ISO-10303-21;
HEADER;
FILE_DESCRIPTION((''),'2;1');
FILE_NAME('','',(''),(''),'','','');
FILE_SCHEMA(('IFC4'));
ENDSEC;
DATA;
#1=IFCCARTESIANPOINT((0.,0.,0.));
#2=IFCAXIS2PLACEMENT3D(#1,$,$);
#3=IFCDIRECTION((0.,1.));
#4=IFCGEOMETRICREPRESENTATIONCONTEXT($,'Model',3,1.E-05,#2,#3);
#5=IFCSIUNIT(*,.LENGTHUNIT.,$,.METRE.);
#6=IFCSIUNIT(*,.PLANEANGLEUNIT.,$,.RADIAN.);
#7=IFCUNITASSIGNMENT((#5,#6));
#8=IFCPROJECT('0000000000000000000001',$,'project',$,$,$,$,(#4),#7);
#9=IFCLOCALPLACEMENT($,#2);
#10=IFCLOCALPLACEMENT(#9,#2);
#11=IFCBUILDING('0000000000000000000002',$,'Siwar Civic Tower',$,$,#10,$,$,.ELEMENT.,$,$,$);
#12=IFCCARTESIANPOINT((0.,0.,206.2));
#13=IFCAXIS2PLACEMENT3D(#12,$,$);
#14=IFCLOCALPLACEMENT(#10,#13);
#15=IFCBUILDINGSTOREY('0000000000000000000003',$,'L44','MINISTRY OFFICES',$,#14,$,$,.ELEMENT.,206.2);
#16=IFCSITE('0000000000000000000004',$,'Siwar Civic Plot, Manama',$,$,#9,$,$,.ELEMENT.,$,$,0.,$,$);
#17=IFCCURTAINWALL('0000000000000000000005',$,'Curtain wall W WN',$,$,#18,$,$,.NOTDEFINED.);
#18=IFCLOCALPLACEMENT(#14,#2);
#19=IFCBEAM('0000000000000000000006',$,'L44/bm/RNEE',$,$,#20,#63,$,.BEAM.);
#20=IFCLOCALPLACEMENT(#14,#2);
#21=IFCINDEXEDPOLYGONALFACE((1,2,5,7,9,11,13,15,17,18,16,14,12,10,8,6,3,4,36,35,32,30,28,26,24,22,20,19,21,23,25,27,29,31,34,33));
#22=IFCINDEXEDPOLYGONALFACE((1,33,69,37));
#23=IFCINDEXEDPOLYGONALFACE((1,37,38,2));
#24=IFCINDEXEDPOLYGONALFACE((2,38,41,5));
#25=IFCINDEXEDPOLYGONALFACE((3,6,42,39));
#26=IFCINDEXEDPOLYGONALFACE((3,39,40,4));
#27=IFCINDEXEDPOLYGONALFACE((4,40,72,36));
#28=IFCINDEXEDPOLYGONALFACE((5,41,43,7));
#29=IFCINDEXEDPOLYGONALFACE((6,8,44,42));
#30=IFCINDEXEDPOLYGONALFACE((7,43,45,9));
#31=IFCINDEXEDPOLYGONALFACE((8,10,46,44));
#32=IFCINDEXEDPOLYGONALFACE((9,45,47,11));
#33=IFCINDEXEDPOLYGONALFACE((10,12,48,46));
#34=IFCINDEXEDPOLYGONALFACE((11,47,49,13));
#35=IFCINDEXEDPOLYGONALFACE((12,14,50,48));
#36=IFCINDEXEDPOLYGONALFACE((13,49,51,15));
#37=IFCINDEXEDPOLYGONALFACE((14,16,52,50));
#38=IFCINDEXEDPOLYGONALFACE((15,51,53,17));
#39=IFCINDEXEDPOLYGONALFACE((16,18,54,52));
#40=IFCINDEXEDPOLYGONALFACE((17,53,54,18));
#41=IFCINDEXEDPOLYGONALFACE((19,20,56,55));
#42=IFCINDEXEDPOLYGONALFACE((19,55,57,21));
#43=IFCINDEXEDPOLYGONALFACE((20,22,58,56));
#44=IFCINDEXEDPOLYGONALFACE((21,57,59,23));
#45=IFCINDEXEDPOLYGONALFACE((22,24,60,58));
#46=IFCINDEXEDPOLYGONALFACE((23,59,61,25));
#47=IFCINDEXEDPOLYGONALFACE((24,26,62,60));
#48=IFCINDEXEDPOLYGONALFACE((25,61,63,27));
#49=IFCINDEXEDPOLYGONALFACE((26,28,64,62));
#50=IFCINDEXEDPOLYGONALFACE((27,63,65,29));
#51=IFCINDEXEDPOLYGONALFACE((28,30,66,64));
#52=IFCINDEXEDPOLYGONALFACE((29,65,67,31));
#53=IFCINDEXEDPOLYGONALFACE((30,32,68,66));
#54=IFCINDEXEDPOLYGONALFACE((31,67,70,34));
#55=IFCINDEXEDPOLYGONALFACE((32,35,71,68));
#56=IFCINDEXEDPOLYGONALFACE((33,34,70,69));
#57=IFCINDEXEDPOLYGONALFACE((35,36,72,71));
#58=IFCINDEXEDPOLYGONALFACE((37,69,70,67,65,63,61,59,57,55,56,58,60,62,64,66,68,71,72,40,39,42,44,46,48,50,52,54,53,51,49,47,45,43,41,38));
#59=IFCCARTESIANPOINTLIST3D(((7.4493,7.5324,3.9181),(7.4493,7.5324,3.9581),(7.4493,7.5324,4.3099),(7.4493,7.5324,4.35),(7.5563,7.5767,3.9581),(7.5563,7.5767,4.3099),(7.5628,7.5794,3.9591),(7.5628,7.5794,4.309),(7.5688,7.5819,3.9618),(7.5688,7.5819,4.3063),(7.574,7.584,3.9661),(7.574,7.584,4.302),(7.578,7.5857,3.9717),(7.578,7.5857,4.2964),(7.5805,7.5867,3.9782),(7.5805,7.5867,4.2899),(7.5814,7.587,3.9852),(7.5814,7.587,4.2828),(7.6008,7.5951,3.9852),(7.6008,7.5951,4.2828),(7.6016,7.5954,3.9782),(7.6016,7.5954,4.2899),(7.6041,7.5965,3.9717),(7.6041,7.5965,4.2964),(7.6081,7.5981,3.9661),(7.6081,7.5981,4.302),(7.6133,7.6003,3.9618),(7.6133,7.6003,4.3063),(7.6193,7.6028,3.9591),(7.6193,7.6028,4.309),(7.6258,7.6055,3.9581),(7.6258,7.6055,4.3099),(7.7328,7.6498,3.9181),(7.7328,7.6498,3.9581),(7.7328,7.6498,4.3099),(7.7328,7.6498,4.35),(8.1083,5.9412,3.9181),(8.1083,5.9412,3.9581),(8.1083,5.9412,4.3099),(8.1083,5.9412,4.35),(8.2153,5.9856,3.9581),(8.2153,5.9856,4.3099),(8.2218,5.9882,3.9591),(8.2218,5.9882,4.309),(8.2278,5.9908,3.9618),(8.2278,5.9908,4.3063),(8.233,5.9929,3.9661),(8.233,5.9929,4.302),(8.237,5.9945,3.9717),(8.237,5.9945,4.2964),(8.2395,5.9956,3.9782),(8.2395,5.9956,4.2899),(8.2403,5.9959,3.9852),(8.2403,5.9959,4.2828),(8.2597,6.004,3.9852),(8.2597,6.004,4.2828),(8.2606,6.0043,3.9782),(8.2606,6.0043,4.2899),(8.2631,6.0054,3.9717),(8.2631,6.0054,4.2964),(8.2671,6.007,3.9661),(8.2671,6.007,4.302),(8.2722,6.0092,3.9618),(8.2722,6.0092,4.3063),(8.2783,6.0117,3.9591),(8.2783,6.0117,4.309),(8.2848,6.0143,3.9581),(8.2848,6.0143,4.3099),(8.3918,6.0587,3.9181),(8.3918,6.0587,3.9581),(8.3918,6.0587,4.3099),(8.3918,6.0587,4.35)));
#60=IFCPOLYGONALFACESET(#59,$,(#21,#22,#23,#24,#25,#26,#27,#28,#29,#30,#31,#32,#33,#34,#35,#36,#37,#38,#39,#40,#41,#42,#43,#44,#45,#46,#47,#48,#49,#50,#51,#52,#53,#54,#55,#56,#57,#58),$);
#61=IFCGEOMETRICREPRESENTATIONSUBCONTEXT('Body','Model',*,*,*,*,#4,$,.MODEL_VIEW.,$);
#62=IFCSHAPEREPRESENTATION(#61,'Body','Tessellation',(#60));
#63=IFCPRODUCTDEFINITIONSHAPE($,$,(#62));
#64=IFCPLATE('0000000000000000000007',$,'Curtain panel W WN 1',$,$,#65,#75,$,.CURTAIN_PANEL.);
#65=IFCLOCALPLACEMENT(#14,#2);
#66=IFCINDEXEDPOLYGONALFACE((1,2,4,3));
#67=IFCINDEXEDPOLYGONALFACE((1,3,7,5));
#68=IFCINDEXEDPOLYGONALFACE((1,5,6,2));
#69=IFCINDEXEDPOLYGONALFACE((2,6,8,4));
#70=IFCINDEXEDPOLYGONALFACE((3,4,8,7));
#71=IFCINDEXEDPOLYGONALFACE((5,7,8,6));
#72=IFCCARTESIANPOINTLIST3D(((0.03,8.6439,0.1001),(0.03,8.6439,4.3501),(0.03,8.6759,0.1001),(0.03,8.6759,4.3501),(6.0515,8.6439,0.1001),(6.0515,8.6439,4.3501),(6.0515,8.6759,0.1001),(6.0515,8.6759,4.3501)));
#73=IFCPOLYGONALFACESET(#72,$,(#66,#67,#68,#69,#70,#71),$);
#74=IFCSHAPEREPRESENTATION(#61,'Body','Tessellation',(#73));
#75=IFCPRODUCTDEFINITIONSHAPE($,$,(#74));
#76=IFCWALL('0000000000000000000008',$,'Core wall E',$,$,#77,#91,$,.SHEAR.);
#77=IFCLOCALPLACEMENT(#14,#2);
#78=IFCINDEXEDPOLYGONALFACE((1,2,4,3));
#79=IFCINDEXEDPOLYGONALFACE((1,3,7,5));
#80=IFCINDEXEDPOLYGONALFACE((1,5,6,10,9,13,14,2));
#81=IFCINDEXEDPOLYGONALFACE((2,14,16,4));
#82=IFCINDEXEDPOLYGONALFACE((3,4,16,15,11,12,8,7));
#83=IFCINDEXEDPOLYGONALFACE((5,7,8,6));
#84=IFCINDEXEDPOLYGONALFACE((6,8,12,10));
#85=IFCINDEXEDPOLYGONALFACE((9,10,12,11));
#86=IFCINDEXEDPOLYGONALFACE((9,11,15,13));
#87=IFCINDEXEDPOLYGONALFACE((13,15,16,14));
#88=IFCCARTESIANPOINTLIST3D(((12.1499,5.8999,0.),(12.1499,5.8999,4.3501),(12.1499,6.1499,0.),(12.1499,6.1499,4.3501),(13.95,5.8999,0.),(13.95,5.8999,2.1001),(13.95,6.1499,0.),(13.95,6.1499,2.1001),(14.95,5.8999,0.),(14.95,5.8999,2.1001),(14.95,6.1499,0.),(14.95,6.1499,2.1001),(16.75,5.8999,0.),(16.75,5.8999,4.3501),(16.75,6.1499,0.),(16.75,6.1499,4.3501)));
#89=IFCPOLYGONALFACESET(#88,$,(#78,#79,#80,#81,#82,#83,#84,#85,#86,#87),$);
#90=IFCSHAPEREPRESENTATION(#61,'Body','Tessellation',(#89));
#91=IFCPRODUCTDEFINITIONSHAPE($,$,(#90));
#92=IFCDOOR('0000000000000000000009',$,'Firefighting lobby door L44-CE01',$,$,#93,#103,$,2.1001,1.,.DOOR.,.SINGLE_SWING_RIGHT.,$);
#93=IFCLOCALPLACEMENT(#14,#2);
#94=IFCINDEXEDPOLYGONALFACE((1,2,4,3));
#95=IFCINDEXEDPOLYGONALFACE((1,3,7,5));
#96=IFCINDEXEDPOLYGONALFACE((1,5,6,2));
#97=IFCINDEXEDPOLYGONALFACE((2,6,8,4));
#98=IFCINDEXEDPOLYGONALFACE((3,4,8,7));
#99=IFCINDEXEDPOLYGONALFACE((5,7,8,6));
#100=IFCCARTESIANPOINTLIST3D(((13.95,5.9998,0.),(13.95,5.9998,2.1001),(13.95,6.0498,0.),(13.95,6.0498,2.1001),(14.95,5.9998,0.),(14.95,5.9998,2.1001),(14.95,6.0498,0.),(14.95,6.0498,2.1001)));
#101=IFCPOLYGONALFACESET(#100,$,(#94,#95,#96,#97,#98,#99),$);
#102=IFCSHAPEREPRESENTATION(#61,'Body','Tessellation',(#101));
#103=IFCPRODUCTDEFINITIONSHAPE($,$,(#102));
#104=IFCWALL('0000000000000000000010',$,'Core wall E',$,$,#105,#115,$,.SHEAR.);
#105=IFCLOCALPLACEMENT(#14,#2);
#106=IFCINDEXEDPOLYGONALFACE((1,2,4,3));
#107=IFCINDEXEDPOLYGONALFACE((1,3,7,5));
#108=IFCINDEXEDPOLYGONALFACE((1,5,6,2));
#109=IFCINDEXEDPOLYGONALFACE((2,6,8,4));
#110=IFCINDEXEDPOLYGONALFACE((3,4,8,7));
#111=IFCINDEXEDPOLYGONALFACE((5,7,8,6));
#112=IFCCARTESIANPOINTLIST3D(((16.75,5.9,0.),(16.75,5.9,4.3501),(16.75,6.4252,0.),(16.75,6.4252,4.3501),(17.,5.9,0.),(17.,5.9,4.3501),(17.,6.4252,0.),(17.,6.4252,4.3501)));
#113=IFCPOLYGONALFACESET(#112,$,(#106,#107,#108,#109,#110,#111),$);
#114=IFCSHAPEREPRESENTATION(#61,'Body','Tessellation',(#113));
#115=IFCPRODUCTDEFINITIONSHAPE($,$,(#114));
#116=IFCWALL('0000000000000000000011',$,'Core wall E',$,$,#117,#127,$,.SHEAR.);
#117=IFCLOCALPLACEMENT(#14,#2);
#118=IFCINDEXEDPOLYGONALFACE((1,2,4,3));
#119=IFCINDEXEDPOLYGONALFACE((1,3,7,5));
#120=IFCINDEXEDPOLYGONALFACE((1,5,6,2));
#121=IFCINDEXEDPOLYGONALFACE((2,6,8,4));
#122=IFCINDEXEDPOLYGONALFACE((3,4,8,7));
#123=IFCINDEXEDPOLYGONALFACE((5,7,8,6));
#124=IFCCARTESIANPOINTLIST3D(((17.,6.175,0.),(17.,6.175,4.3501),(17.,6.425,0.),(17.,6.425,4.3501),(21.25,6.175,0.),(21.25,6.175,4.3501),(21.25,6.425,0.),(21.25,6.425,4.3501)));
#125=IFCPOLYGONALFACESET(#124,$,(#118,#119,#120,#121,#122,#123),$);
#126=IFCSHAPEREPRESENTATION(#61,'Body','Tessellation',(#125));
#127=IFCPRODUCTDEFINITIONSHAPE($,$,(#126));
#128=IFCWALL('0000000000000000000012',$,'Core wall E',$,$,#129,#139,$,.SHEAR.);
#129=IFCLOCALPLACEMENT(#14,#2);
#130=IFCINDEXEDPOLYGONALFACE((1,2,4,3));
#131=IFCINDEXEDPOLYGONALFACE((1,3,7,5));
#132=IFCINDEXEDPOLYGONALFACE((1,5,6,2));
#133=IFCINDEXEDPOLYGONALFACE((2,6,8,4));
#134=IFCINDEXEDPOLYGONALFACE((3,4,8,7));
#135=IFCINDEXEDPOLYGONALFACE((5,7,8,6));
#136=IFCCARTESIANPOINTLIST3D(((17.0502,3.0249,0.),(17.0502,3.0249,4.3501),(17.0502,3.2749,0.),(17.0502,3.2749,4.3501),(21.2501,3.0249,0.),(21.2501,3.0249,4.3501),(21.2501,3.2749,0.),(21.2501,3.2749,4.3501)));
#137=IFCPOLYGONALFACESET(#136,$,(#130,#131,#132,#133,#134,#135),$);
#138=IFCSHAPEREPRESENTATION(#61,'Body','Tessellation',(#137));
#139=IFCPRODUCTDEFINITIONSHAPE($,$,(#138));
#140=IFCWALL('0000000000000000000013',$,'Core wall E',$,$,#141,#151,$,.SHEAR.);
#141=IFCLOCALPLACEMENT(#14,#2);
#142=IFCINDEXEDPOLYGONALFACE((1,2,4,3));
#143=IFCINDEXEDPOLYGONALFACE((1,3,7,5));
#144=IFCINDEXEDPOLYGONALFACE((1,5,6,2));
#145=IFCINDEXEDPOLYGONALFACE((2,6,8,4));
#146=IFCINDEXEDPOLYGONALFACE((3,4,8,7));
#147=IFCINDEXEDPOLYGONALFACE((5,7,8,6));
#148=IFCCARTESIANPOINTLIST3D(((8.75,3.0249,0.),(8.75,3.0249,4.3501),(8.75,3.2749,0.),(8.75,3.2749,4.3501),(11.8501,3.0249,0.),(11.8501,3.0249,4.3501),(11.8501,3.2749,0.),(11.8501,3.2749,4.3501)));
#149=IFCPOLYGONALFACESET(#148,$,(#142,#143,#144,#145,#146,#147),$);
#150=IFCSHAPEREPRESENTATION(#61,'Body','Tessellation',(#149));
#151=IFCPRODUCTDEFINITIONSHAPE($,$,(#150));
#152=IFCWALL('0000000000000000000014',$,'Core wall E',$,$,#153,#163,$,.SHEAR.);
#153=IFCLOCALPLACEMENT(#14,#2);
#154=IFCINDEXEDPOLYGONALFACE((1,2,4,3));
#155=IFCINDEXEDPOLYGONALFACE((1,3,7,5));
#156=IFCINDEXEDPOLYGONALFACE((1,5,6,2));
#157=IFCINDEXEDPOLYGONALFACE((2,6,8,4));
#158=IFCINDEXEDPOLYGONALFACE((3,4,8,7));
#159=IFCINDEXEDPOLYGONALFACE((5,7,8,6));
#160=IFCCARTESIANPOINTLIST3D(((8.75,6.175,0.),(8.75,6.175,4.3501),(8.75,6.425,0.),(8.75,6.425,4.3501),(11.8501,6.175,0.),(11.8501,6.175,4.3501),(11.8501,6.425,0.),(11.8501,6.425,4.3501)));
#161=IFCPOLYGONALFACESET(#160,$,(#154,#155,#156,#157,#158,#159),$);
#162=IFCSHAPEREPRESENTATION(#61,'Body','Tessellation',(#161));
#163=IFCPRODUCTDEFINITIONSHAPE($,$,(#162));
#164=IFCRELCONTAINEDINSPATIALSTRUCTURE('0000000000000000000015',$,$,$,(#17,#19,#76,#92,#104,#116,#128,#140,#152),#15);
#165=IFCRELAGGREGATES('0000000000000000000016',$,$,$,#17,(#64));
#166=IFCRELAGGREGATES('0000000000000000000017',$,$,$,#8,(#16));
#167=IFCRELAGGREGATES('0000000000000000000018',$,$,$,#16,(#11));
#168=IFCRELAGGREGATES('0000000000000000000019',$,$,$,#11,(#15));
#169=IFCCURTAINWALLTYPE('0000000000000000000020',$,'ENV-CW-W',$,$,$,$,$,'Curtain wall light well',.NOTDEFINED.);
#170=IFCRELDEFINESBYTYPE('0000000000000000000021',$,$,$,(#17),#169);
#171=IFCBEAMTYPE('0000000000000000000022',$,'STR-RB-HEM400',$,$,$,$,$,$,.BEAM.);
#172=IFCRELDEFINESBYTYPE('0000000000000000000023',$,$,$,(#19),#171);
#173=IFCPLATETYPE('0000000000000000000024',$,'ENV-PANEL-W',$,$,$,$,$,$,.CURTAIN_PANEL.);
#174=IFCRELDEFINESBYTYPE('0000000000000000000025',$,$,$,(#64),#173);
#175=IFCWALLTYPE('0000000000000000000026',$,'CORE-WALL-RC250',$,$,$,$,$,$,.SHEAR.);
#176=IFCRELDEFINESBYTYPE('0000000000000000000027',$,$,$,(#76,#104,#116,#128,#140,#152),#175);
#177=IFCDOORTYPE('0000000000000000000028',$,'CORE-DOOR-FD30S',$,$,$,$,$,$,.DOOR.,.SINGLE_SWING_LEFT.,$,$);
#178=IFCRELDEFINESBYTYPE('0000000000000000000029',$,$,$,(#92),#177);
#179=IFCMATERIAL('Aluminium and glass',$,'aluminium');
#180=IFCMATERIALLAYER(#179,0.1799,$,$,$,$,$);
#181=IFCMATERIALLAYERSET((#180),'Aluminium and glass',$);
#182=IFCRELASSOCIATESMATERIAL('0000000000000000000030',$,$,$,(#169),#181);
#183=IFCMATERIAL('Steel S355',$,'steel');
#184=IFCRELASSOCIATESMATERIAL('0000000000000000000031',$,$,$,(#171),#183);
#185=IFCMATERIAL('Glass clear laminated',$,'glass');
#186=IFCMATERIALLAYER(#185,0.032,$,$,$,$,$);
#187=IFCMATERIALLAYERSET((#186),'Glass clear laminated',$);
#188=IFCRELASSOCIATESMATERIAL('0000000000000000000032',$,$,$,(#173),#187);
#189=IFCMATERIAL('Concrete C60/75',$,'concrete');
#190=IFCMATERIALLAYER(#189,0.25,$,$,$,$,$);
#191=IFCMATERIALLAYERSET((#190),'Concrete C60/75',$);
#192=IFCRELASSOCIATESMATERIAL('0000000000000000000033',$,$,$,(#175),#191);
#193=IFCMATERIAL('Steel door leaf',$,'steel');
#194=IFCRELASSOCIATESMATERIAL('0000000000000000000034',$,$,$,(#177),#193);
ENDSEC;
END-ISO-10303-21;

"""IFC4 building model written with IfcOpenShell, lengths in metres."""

from ifc_helpers import new_model, si_unit, direction, frame, frame_2d, origin, origin_2d, place, context, subcontext, project, spatial, rectangle, i_section, extrude, material, layer, layer_set, material_profile, profile_set, type_object, element, fill, aggregate, save


model = new_model("IFC4")

# Units and contexts
model_context = context("Model", 3, precision=1e-05, world=origin(), true_north=direction((0.0, 1.0)))
body_context = subcontext(model_context, "Body", "Model", "MODEL_VIEW")
ifc_project = project(units=[si_unit("LENGTHUNIT", "METRE"), si_unit("PLANEANGLEUNIT", "RADIAN")], contexts=[model_context])

# Site, building, storey
site_placement = place(None, origin())
site = spatial("IfcSite", under=ifc_project, at=site_placement, Name="Siwar Civic Plot, Manama", CompositionType="ELEMENT", RefElevation=0.0)
building_placement = place(site_placement, origin())
building = spatial("IfcBuilding", under=site, at=building_placement, Name="Siwar Civic Tower", CompositionType="ELEMENT")
storey_placement = place(building_placement, frame((0.0, 0.0, 206.2)))
storey = spatial("IfcBuildingStorey", under=building, at=storey_placement, Name="L44", Description="MINISTRY OFFICES", CompositionType="ELEMENT", Elevation=206.2)

# Curtain wall
ifc_material_1 = material(Name="Aluminium and glass", Category="aluminium")
ifc_layer_1 = layer(ifc_material_1, 0.1799)
ifc_layer_set_1 = layer_set([ifc_layer_1], Name="Aluminium and glass")
curtain_wall_type = type_object("IfcCurtainWallType", Name="ENV-CW-W", ElementType="Curtain wall light well", PredefinedType="NOTDEFINED", material=ifc_layer_set_1)
curtain_wall_placement = place(storey_placement, origin())
curtain_wall = element("IfcCurtainWall", 1, at=curtain_wall_placement, inside=storey, type_object=curtain_wall_type, Name="Curtain wall W WN", PredefinedType="NOTDEFINED")

# Beam
ifc_material_2 = material(Name="Steel S355", Category="steel")
ifc_material_profile_1 = material_profile(ifc_material_2, i_section(OverallWidth=0.3069, OverallDepth=0.4319, WebThickness=0.021, FlangeThickness=0.04, FilletRadius=0.0271, at=origin_2d()), Name="HEM400")
ifc_profile_set_1 = profile_set([ifc_material_profile_1], Name="Steel S355")
beam_type_1 = type_object("IfcBeamType", Name="STR-RB-HEM400", PredefinedType="BEAM", material=ifc_profile_set_1)
for number, where, z_axis, x_axis, name in (
    (2, (7.5911, 7.5911, 4.134), (0.382631, -0.923901, 0.0), (0.923901, 0.382631, 0.0), "L44/bm/RNEE"),
):
    element("IfcBeam", number, at=place(storey_placement, frame(where, z_axis=z_axis, x_axis=x_axis)), inside=storey, type_object=beam_type_1, Name=name, PredefinedType="BEAM", context=body_context, shape_type="SweptSolid", body=[
        extrude(i_section(OverallWidth=0.3069, OverallDepth=0.4319, WebThickness=0.021, FlangeThickness=0.04, FilletRadius=0.0271, at=origin_2d()), origin(), (0.0, 0.0, 1.0), 1.7222),
    ])

# Plate
ifc_material_3 = material(Name="Glass clear laminated", Category="glass")
ifc_layer_2 = layer(ifc_material_3, 0.032)
ifc_layer_set_2 = layer_set([ifc_layer_2], Name="Glass clear laminated")
plate_type = type_object("IfcPlateType", Name="ENV-PANEL-W", PredefinedType="CURTAIN_PANEL", material=ifc_layer_set_2)
plate_placement = place(storey_placement, frame((3.0408, 8.6599, 0.1001), z_axis=(0.0, 0.0, 1.0), x_axis=(-1.0, 0.0, 0.0)))
plate = element("IfcPlate", 3, at=plate_placement, type_object=plate_type, Name="Curtain panel W WN 1", PredefinedType="CURTAIN_PANEL", context=body_context, shape_type="SweptSolid", body=[
    extrude(rectangle(XDim=6.0215, YDim=0.032, at=origin_2d()), origin(), (0.0, 0.0, 1.0), 4.25),
])
aggregate(curtain_wall, [plate])

# Wall, opening, door
ifc_material_4 = material(Name="Concrete C60/75", Category="concrete")
ifc_layer_3 = layer(ifc_material_4, 0.25)
ifc_layer_set_3 = layer_set([ifc_layer_3], Name="Concrete C60/75")
wall_type_1 = type_object("IfcWallType", Name="CORE-WALL-RC250", PredefinedType="SHEAR", material=ifc_layer_set_3)
wall_1_placement = place(storey_placement, frame((12.1499, 6.0249, 0.0), z_axis=(0.0, 0.0, 1.0), x_axis=(1.0, 0.0, 0.0)))
wall_1 = element("IfcWall", 4, at=wall_1_placement, inside=storey, type_object=wall_type_1, Name="Core wall E", PredefinedType="SHEAR", context=body_context, shape_type="SweptSolid", body=[
    extrude(rectangle(XDim=4.6001, YDim=0.25, at=frame_2d((2.3, 0.0))), origin(), (0.0, 0.0, 1.0), 4.3501),
])
opening_1_placement = place(wall_1_placement, frame((1.8, 0.0, 0.0)))
opening_1 = element("IfcOpeningElement", 5, at=opening_1_placement, cuts=wall_1, PredefinedType="OPENING", context=body_context, shape_type="SweptSolid", body=[
    extrude(rectangle(XDim=1.0, YDim=2.1001, at=frame_2d((0.5, 1.05))), frame((0.0, 0.135, 0.0), z_axis=(0.0, -1.0, 0.0), x_axis=(1.0, 0.0, 0.0)), (0.0, 0.0, 1.0), 0.27),
])
ifc_material_5 = material(Name="Steel door leaf", Category="steel")
door_type_1 = type_object("IfcDoorType", Name="CORE-DOOR-FD30S", OperationType="SINGLE_SWING_LEFT", PredefinedType="DOOR", material=ifc_material_5)
door_1_placement = place(opening_1_placement, origin())
door_1 = element("IfcDoor", 6, at=door_1_placement, inside=storey, type_object=door_type_1, Name="Firefighting lobby door L44-CE01", OperationType="SINGLE_SWING_RIGHT", OverallHeight=2.1001, OverallWidth=1.0, PredefinedType="DOOR", context=body_context, shape_type="SweptSolid", body=[
    extrude(rectangle(XDim=1.0, YDim=2.1001, at=frame_2d((0.5, 1.05))), frame((0.0, 0.0249, 0.0), z_axis=(0.0, -1.0, 0.0), x_axis=(1.0, 0.0, 0.0)), (0.0, 0.0, 1.0), 0.05),
])
fill(opening_1, door_1)

# Walls
wall_2_placement = place(storey_placement, frame((16.875, 5.8999, 0.0), z_axis=(0.0, 0.0, 1.0), x_axis=(0.0, 1.0, 0.0)))
element("IfcWall", 7, at=wall_2_placement, inside=storey, type_object=wall_type_1, Name="Core wall E", PredefinedType="SHEAR", context=body_context, shape_type="SweptSolid", body=[
    extrude(rectangle(XDim=0.5251, YDim=0.25, at=frame_2d((0.2627, 0.0))), origin(), (0.0, 0.0, 1.0), 4.3501),
])
wall_3_placement = place(storey_placement, frame((17.0, 6.3, 0.0), z_axis=(0.0, 0.0, 1.0), x_axis=(1.0, 0.0, 0.0)))
element("IfcWall", 8, at=wall_3_placement, inside=storey, type_object=wall_type_1, Name="Core wall E", PredefinedType="SHEAR", context=body_context, shape_type="SweptSolid", body=[
    extrude(rectangle(XDim=4.25, YDim=0.25, at=frame_2d((2.125, 0.0))), origin(), (0.0, 0.0, 1.0), 4.3501),
])
wall_4_placement = place(storey_placement, frame((17.05, 3.1499, 0.0), z_axis=(0.0, 0.0, 1.0), x_axis=(1.0, 0.0, 0.0)))
element("IfcWall", 9, at=wall_4_placement, inside=storey, type_object=wall_type_1, Name="Core wall E", PredefinedType="SHEAR", context=body_context, shape_type="SweptSolid", body=[
    extrude(rectangle(XDim=4.2, YDim=0.25, at=frame_2d((2.1001, 0.0))), origin(), (0.0, 0.0, 1.0), 4.3501),
])
for number, where, z_axis, x_axis, name in (
    (10, (8.75, 3.1499, 0.0), (0.0, 0.0, 1.0), (1.0, 0.0, 0.0), "Core wall E"),
    (11, (8.75, 6.3, 0.0), (0.0, 0.0, 1.0), (1.0, 0.0, 0.0), "Core wall E"),
):
    element("IfcWall", number, at=place(storey_placement, frame(where, z_axis=z_axis, x_axis=x_axis)), inside=storey, type_object=wall_type_1, Name=name, PredefinedType="SHEAR", context=body_context, shape_type="SweptSolid", body=[
        extrude(rectangle(XDim=3.1001, YDim=0.25, at=frame_2d((1.55, 0.0))), origin(), (0.0, 0.0, 1.0), 4.3501),
    ])

save(model, "model.ifc")
